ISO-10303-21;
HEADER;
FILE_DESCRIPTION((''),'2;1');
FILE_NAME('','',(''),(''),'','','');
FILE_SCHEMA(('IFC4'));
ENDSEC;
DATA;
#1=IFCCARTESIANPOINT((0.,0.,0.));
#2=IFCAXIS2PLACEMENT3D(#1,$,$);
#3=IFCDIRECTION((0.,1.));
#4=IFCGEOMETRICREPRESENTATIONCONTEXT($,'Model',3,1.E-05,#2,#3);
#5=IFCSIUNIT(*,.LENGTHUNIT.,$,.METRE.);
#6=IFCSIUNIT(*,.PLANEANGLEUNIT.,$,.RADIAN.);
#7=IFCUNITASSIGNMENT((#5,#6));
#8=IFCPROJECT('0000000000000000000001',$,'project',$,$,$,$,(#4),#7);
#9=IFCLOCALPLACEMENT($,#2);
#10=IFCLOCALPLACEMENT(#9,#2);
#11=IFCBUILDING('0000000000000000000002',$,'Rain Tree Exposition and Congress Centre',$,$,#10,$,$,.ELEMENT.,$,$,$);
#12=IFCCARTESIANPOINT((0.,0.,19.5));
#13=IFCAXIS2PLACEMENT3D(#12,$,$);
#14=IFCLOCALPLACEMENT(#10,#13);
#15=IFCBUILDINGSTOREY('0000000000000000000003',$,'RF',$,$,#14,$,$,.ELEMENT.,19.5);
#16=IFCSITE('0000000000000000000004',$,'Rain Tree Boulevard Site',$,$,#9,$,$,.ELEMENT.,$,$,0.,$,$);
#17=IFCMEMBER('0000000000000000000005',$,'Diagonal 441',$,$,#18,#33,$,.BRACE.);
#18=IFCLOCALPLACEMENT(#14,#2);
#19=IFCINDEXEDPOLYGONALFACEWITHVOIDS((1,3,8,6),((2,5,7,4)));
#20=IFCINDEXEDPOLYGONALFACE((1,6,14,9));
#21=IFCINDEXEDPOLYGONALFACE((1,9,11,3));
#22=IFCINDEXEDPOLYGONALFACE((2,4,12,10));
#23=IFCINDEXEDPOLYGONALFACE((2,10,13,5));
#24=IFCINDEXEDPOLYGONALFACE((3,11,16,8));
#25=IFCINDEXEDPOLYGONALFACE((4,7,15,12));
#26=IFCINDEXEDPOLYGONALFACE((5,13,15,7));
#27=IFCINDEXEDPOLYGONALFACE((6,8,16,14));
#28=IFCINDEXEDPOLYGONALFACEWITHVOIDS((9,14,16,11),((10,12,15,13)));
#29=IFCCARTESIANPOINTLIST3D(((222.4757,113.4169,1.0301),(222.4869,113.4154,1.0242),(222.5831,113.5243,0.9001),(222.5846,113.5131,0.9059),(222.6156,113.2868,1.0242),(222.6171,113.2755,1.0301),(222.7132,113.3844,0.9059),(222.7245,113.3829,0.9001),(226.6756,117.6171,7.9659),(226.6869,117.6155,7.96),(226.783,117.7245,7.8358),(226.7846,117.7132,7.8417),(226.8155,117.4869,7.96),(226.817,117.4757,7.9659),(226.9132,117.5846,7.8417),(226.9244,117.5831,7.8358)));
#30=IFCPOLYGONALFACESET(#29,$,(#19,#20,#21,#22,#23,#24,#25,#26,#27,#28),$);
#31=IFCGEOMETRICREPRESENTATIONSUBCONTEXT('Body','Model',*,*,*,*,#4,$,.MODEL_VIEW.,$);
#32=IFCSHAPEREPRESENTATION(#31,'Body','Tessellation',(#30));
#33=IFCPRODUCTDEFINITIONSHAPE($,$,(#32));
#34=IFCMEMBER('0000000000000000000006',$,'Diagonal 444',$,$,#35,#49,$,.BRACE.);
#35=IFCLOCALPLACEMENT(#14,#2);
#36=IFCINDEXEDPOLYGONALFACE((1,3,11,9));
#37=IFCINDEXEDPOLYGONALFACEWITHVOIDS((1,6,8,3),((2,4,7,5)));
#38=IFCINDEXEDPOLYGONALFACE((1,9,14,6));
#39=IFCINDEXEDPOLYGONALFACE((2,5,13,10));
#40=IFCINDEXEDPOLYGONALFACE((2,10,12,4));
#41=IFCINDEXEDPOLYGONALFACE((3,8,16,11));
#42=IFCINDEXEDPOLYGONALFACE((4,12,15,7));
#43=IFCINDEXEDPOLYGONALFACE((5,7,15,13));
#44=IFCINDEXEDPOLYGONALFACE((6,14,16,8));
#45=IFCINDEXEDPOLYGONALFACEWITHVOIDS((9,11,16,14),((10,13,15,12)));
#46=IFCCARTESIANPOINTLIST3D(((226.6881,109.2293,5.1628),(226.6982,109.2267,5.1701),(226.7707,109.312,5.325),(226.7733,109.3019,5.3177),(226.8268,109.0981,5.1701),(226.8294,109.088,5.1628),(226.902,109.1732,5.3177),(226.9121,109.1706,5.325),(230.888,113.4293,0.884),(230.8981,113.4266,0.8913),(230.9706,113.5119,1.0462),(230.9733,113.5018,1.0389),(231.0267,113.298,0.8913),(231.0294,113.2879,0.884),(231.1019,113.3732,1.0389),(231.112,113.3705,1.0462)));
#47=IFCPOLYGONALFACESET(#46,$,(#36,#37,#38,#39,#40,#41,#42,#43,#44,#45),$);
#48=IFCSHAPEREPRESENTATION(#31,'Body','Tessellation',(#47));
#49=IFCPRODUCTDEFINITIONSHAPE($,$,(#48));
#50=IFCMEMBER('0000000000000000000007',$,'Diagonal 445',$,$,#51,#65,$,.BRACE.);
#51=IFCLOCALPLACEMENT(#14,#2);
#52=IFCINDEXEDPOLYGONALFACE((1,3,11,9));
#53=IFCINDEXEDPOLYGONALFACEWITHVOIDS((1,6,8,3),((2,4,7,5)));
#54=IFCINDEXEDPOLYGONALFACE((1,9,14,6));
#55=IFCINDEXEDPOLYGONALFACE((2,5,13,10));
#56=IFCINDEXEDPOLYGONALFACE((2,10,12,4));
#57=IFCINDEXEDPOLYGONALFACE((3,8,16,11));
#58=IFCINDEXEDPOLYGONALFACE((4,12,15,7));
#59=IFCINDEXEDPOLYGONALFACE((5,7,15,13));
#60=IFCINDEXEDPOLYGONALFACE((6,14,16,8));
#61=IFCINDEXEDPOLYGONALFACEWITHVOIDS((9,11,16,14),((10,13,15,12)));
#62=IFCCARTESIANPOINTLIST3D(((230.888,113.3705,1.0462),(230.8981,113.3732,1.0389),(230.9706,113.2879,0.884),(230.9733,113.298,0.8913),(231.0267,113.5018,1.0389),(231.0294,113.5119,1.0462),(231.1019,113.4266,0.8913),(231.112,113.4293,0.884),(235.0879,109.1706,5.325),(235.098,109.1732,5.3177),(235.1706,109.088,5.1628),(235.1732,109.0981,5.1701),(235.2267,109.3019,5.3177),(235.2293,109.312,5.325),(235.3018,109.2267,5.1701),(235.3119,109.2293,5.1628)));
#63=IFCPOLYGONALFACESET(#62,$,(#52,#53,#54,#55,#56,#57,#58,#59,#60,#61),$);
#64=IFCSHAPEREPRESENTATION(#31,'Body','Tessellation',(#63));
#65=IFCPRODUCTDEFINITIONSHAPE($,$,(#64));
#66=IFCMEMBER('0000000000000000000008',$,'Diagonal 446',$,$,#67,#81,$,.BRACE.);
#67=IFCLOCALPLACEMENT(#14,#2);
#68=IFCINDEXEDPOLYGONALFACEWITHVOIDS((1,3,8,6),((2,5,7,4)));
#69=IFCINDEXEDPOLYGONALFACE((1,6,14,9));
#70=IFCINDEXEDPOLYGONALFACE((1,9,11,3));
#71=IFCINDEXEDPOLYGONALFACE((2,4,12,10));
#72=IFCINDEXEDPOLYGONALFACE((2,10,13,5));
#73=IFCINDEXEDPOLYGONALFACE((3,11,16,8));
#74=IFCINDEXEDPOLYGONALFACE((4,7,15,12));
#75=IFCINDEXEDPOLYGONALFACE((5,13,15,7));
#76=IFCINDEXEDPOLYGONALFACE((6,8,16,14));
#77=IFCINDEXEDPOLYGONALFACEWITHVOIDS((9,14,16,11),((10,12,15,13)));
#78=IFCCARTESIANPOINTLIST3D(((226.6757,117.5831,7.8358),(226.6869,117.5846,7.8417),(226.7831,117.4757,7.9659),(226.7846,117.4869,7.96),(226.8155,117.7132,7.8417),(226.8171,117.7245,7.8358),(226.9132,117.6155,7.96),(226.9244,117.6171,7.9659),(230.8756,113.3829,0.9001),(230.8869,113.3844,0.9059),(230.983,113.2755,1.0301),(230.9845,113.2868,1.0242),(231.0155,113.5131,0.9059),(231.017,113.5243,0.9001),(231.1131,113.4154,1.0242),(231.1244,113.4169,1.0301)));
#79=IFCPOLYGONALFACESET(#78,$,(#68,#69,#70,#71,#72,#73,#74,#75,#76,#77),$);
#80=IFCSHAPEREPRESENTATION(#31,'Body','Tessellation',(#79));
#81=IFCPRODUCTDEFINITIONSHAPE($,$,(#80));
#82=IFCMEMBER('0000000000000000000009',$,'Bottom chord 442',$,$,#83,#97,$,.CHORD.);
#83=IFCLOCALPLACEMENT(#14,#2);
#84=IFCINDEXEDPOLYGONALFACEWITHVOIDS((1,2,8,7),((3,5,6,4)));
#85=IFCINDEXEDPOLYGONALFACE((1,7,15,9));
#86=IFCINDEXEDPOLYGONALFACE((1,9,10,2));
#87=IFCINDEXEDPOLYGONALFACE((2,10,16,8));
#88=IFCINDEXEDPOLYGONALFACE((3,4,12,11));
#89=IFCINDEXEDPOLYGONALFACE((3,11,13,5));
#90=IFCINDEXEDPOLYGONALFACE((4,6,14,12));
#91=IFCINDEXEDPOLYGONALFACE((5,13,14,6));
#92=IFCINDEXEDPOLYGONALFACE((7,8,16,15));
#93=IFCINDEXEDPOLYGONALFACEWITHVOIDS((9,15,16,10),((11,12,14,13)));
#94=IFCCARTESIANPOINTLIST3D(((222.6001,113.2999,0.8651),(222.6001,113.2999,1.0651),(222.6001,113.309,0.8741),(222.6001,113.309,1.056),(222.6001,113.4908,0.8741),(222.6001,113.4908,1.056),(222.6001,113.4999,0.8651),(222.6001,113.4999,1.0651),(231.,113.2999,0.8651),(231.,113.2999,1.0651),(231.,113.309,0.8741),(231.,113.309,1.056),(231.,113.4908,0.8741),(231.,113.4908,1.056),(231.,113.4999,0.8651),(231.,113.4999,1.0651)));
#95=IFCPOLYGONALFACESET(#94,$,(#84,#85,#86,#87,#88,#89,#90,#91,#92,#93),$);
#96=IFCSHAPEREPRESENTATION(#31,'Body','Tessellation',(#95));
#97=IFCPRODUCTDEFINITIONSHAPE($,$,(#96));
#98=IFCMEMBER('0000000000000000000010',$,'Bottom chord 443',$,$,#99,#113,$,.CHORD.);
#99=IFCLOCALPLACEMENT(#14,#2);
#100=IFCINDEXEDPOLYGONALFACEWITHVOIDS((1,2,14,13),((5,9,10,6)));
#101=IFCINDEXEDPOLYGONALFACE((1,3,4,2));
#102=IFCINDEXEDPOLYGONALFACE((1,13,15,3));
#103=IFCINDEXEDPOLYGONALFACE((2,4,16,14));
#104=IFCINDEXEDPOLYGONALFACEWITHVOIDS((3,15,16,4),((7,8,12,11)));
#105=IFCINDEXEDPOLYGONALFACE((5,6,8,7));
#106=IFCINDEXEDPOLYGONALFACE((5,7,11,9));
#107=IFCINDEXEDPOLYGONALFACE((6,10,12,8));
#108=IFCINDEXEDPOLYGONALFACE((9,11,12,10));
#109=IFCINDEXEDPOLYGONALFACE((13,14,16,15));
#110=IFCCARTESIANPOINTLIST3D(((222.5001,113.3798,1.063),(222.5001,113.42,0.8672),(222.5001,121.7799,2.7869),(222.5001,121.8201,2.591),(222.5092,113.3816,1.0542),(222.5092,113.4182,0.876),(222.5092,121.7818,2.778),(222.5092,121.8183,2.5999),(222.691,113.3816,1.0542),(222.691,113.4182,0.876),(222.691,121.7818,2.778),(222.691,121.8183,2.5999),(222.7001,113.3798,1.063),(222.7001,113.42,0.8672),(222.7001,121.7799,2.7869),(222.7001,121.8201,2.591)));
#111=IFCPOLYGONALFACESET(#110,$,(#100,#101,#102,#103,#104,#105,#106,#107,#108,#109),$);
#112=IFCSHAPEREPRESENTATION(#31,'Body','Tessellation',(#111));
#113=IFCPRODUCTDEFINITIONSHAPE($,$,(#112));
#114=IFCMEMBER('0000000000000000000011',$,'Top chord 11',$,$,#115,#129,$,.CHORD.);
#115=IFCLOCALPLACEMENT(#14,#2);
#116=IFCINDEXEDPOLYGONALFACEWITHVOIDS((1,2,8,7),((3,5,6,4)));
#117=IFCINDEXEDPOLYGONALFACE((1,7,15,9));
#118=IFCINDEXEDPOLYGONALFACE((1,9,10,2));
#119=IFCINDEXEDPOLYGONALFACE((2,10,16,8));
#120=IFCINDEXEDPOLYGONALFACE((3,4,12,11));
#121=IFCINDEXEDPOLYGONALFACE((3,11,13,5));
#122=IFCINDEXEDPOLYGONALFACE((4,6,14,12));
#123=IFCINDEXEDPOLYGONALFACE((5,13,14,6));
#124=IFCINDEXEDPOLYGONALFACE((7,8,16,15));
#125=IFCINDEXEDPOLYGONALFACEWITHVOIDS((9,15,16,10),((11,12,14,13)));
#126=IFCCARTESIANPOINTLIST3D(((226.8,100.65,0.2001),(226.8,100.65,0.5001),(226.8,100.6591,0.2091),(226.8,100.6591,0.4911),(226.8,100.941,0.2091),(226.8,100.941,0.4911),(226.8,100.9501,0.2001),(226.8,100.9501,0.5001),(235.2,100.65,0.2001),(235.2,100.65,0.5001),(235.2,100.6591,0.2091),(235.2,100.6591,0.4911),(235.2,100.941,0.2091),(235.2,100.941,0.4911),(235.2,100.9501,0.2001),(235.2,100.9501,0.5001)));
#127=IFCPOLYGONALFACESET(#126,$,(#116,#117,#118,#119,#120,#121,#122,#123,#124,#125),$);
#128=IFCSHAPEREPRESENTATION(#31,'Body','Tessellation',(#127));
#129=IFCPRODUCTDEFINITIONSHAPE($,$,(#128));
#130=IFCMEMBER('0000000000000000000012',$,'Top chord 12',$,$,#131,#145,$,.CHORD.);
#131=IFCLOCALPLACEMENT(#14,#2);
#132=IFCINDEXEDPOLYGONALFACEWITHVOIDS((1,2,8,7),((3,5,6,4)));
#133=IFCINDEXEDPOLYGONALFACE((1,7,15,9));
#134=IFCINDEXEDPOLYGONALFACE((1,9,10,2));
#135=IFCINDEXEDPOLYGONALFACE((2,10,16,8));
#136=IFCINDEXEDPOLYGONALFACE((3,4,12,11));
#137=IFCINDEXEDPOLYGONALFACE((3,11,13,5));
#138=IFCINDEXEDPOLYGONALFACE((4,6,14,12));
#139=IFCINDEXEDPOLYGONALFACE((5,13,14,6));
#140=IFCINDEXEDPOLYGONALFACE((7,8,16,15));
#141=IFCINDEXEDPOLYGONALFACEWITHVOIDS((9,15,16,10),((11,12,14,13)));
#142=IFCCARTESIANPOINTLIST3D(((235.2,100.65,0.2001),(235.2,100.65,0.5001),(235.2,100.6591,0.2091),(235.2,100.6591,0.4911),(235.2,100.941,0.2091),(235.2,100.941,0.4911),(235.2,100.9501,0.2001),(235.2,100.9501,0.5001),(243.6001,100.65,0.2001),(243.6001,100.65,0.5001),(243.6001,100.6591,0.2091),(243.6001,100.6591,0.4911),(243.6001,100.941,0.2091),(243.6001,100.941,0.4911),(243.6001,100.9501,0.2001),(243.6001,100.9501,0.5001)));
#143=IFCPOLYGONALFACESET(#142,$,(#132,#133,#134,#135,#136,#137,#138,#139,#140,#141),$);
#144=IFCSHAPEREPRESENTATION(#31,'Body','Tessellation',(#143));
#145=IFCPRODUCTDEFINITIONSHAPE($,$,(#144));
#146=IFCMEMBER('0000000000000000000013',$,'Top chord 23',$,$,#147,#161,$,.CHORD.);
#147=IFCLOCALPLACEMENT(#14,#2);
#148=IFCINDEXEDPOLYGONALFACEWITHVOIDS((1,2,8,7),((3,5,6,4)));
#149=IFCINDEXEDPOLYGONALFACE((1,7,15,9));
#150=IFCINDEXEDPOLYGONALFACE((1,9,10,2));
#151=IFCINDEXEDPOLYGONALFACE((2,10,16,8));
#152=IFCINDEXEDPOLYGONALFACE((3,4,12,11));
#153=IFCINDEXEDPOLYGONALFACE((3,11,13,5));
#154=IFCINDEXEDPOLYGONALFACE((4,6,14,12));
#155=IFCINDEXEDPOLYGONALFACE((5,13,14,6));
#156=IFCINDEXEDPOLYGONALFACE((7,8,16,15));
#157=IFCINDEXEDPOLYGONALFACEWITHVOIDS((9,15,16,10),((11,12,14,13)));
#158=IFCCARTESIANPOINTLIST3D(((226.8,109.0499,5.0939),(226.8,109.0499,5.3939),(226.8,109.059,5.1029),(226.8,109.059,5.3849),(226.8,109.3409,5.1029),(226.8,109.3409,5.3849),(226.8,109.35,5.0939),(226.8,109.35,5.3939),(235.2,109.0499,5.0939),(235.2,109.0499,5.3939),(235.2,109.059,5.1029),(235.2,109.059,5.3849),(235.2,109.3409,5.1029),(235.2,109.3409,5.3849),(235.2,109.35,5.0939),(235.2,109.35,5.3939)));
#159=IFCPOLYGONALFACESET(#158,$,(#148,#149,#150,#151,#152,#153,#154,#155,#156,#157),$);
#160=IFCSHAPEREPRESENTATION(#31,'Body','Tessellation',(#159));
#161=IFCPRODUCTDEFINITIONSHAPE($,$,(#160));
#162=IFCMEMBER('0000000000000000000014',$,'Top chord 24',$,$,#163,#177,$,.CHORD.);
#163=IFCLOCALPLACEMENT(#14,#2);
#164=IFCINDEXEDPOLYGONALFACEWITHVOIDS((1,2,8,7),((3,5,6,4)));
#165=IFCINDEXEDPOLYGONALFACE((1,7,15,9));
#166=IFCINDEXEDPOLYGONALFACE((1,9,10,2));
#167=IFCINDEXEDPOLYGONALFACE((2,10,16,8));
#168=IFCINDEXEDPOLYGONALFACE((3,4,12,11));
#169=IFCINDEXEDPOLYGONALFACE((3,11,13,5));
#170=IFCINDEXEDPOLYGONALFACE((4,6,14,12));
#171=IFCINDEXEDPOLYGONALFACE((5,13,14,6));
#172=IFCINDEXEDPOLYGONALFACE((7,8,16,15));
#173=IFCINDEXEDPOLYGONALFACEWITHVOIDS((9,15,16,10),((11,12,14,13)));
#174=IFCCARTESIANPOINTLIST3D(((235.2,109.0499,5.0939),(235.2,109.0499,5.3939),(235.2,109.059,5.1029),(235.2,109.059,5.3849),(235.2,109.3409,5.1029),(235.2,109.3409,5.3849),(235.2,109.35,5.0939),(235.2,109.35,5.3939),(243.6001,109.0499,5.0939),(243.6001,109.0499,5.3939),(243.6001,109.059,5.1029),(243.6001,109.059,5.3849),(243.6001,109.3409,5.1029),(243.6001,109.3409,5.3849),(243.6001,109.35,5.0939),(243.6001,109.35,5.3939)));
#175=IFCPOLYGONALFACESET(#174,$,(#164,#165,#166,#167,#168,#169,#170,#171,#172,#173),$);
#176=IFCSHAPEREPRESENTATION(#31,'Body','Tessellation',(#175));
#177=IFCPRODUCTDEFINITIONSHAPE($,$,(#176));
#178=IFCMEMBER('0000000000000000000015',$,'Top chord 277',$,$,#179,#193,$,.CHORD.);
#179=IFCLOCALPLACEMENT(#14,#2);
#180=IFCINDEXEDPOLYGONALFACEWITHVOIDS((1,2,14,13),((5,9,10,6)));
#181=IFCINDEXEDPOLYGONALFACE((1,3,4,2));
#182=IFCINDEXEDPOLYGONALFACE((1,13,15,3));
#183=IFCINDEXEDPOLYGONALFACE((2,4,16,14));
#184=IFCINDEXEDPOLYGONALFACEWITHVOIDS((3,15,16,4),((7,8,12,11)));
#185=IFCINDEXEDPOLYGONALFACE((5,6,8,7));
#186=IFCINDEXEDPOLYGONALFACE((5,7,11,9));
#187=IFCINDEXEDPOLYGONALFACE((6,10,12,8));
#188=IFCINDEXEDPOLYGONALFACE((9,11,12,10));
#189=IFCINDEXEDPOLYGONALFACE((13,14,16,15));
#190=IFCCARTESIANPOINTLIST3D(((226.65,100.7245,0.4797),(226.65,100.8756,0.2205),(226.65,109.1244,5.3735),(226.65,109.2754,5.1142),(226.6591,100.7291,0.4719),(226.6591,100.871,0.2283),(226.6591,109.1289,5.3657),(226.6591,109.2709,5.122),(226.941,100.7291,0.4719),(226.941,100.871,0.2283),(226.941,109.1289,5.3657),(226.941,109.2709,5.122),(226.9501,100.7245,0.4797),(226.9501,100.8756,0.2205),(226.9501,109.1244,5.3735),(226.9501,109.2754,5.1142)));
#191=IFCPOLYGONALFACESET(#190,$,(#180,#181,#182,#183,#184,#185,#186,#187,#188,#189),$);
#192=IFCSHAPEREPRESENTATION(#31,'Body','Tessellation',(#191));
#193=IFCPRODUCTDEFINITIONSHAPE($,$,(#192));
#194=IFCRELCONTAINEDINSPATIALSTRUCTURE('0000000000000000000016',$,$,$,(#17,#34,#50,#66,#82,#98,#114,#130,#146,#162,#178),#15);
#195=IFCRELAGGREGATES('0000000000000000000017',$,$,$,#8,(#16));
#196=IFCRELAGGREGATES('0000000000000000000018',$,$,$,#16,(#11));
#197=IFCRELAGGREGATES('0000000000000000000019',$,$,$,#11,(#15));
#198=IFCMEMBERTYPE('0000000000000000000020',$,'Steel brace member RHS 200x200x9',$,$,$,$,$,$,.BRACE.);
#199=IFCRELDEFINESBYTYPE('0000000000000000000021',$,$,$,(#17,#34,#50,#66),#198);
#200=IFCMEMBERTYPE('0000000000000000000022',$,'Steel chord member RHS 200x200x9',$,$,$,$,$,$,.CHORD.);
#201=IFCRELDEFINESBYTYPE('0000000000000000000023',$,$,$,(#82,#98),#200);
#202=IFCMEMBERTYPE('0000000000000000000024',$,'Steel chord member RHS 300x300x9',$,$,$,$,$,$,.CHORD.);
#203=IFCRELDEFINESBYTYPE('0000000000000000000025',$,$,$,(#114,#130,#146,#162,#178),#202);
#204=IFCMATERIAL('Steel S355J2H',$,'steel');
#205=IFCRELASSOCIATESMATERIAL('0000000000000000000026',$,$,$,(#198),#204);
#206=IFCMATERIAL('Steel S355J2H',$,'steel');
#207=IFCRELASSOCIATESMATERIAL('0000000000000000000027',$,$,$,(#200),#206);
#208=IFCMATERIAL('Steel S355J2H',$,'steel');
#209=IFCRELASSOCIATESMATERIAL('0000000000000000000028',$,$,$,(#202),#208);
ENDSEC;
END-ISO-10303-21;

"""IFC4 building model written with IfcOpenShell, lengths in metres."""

from ifc_helpers import new_model, si_unit, direction, frame, origin, origin_2d, place, context, subcontext, project, spatial, hollow_rectangle, extrude, material, material_profile, profile_set, type_object, element, save


model = new_model("IFC4")

# Units and contexts
model_context = context("Model", 3, precision=1e-05, world=origin(), true_north=direction((0.0, 1.0)))
body_context = subcontext(model_context, "Body", "Model", "MODEL_VIEW")
ifc_project = project(units=[si_unit("LENGTHUNIT", "METRE"), si_unit("PLANEANGLEUNIT", "RADIAN")], contexts=[model_context])

# Site, building, storey
site_placement = place(None, origin())
site = spatial("IfcSite", under=ifc_project, at=site_placement, Name="Rain Tree Boulevard Site", CompositionType="ELEMENT", RefElevation=0.0)
building_placement = place(site_placement, origin())
building = spatial("IfcBuilding", under=site, at=building_placement, Name="Rain Tree Exposition and Congress Centre", CompositionType="ELEMENT")
storey_placement = place(building_placement, frame((0.0, 0.0, 19.5)))
storey = spatial("IfcBuildingStorey", under=building, at=storey_placement, Name="RF", CompositionType="ELEMENT", Elevation=19.5)

# Members
ifc_material_1 = material(Name="Steel S355J2H", Category="steel")
ifc_material_profile_1 = material_profile(ifc_material_1, hollow_rectangle(XDim=0.2, YDim=0.2, WallThickness=0.009, at=origin_2d()), Name="RHS 200x200x9")
ifc_profile_set_1 = profile_set([ifc_material_profile_1], Name="Steel S355J2H")
member_type_1 = type_object("IfcMemberType", Name="Steel brace member RHS 200x200x9", PredefinedType="BRACE", material=ifc_profile_set_1)
member_1_placement = place(storey_placement, frame((222.6001, 113.3999, 0.9651), z_axis=(0.459935, 0.459962, 0.759536), x_axis=(-0.707127, 0.707086, 0.0)))
element("IfcMember", 1, at=member_1_placement, inside=storey, type_object=member_type_1, Name="Diagonal 441", PredefinedType="BRACE", context=body_context, shape_type="SweptSolid", body=[
    extrude(hollow_rectangle(XDim=0.2, YDim=0.2, WallThickness=0.009, at=origin_2d()), origin(), (0.0, 0.0, 1.0), 9.1316),
])
for number, where, z_axis, x_axis, name in (
    (2, (231.0, 113.3999, 0.9651), (-0.573737, -0.573737, 0.58451), (0.707107, -0.707107, 0.0), "Diagonal 444"),
    (3, (231.0, 113.3999, 0.9651), (0.573737, -0.573737, 0.58451), (0.707107, 0.707107, 0.0), "Diagonal 445"),
):
    element("IfcMember", number, at=place(storey_placement, frame(where, z_axis=z_axis, x_axis=x_axis)), inside=storey, type_object=member_type_1, Name=name, PredefinedType="BRACE", context=body_context, shape_type="SweptSolid", body=[
        extrude(hollow_rectangle(XDim=0.2, YDim=0.2, WallThickness=0.009, at=origin_2d()), origin(), (0.0, 0.0, 1.0), 7.3203),
    ])
member_2_placement = place(storey_placement, frame((231.0, 113.3999, 0.9651), z_axis=(-0.459935, 0.459962, 0.759536), x_axis=(-0.707127, -0.707086, 0.0)))
element("IfcMember", 4, at=member_2_placement, inside=storey, type_object=member_type_1, Name="Diagonal 446", PredefinedType="BRACE", context=body_context, shape_type="SweptSolid", body=[
    extrude(hollow_rectangle(XDim=0.2, YDim=0.2, WallThickness=0.009, at=origin_2d()), origin(), (0.0, 0.0, 1.0), 9.1316),
])
ifc_material_2 = material(Name="Steel S355J2H", Category="steel")
ifc_material_profile_2 = material_profile(ifc_material_2, hollow_rectangle(XDim=0.2, YDim=0.2, WallThickness=0.009, at=origin_2d()), Name="RHS 200x200x9")
ifc_profile_set_2 = profile_set([ifc_material_profile_2], Name="Steel S355J2H")
member_type_2 = type_object("IfcMemberType", Name="Steel chord member RHS 200x200x9", PredefinedType="CHORD", material=ifc_profile_set_2)
member_3_placement = place(storey_placement, frame((222.6001, 113.3999, 0.9651), z_axis=(1.0, 0.0, 0.0), x_axis=(0.0, 1.0, 0.0)))
element("IfcMember", 5, at=member_3_placement, inside=storey, type_object=member_type_2, Name="Bottom chord 442", PredefinedType="CHORD", context=body_context, shape_type="SweptSolid", body=[
    extrude(hollow_rectangle(XDim=0.2, YDim=0.2, WallThickness=0.009, at=origin_2d()), origin(), (0.0, 0.0, 1.0), 8.3999),
])
member_4_placement = place(storey_placement, frame((222.6001, 113.3999, 0.9651), z_axis=(0.0, 0.979585, 0.20103), x_axis=(-1.0, 0.0, 0.0)))
element("IfcMember", 6, at=member_4_placement, inside=storey, type_object=member_type_2, Name="Bottom chord 443", PredefinedType="CHORD", context=body_context, shape_type="SweptSolid", body=[
    extrude(hollow_rectangle(XDim=0.2, YDim=0.2, WallThickness=0.009, at=origin_2d()), origin(), (0.0, 0.0, 1.0), 8.5752),
])
ifc_material_3 = material(Name="Steel S355J2H", Category="steel")
ifc_material_profile_3 = material_profile(ifc_material_3, hollow_rectangle(XDim=0.3, YDim=0.3, WallThickness=0.009, at=origin_2d()), Name="RHS 300x300x9")
ifc_profile_set_3 = profile_set([ifc_material_profile_3], Name="Steel S355J2H")
member_type_3 = type_object("IfcMemberType", Name="Steel chord member RHS 300x300x9", PredefinedType="CHORD", material=ifc_profile_set_3)
member_5_placement = place(storey_placement, frame((226.8, 100.8, 0.3501), z_axis=(1.0, 0.0, 0.0), x_axis=(0.0, 1.0, 0.0)))
element("IfcMember", 7, at=member_5_placement, inside=storey, type_object=member_type_3, Name="Top chord 11", PredefinedType="CHORD", context=body_context, shape_type="SweptSolid", body=[
    extrude(hollow_rectangle(XDim=0.3, YDim=0.3, WallThickness=0.009, at=origin_2d()), origin(), (0.0, 0.0, 1.0), 8.3999),
])
member_6_placement = place(storey_placement, frame((235.2, 100.8, 0.3501), z_axis=(1.0, 0.0, 0.0), x_axis=(0.0, 1.0, 0.0)))
element("IfcMember", 8, at=member_6_placement, inside=storey, type_object=member_type_3, Name="Top chord 12", PredefinedType="CHORD", context=body_context, shape_type="SweptSolid", body=[
    extrude(hollow_rectangle(XDim=0.3, YDim=0.3, WallThickness=0.009, at=origin_2d()), origin(), (0.0, 0.0, 1.0), 8.4001),
])
member_7_placement = place(storey_placement, frame((226.8, 109.2, 5.2439), z_axis=(1.0, 0.0, 0.0), x_axis=(0.0, 1.0, 0.0)))
element("IfcMember", 9, at=member_7_placement, inside=storey, type_object=member_type_3, Name="Top chord 23", PredefinedType="CHORD", context=body_context, shape_type="SweptSolid", body=[
    extrude(hollow_rectangle(XDim=0.3, YDim=0.3, WallThickness=0.009, at=origin_2d()), origin(), (0.0, 0.0, 1.0), 8.3999),
])
member_8_placement = place(storey_placement, frame((235.2, 109.2, 5.2439), z_axis=(1.0, 0.0, 0.0), x_axis=(0.0, 1.0, 0.0)))
element("IfcMember", 10, at=member_8_placement, inside=storey, type_object=member_type_3, Name="Top chord 24", PredefinedType="CHORD", context=body_context, shape_type="SweptSolid", body=[
    extrude(hollow_rectangle(XDim=0.3, YDim=0.3, WallThickness=0.009, at=origin_2d()), origin(), (0.0, 0.0, 1.0), 8.4001),
])
member_9_placement = place(storey_placement, frame((226.8, 100.8, 0.3501), z_axis=(0.0, 0.864054, 0.503399), x_axis=(-1.0, 0.0, 0.0)))
element("IfcMember", 11, at=member_9_placement, inside=storey, type_object=member_type_3, Name="Top chord 277", PredefinedType="CHORD", context=body_context, shape_type="SweptSolid", body=[
    extrude(hollow_rectangle(XDim=0.3, YDim=0.3, WallThickness=0.009, at=origin_2d()), origin(), (0.0, 0.0, 1.0), 9.7214),
])

save(model, "model.ifc")
